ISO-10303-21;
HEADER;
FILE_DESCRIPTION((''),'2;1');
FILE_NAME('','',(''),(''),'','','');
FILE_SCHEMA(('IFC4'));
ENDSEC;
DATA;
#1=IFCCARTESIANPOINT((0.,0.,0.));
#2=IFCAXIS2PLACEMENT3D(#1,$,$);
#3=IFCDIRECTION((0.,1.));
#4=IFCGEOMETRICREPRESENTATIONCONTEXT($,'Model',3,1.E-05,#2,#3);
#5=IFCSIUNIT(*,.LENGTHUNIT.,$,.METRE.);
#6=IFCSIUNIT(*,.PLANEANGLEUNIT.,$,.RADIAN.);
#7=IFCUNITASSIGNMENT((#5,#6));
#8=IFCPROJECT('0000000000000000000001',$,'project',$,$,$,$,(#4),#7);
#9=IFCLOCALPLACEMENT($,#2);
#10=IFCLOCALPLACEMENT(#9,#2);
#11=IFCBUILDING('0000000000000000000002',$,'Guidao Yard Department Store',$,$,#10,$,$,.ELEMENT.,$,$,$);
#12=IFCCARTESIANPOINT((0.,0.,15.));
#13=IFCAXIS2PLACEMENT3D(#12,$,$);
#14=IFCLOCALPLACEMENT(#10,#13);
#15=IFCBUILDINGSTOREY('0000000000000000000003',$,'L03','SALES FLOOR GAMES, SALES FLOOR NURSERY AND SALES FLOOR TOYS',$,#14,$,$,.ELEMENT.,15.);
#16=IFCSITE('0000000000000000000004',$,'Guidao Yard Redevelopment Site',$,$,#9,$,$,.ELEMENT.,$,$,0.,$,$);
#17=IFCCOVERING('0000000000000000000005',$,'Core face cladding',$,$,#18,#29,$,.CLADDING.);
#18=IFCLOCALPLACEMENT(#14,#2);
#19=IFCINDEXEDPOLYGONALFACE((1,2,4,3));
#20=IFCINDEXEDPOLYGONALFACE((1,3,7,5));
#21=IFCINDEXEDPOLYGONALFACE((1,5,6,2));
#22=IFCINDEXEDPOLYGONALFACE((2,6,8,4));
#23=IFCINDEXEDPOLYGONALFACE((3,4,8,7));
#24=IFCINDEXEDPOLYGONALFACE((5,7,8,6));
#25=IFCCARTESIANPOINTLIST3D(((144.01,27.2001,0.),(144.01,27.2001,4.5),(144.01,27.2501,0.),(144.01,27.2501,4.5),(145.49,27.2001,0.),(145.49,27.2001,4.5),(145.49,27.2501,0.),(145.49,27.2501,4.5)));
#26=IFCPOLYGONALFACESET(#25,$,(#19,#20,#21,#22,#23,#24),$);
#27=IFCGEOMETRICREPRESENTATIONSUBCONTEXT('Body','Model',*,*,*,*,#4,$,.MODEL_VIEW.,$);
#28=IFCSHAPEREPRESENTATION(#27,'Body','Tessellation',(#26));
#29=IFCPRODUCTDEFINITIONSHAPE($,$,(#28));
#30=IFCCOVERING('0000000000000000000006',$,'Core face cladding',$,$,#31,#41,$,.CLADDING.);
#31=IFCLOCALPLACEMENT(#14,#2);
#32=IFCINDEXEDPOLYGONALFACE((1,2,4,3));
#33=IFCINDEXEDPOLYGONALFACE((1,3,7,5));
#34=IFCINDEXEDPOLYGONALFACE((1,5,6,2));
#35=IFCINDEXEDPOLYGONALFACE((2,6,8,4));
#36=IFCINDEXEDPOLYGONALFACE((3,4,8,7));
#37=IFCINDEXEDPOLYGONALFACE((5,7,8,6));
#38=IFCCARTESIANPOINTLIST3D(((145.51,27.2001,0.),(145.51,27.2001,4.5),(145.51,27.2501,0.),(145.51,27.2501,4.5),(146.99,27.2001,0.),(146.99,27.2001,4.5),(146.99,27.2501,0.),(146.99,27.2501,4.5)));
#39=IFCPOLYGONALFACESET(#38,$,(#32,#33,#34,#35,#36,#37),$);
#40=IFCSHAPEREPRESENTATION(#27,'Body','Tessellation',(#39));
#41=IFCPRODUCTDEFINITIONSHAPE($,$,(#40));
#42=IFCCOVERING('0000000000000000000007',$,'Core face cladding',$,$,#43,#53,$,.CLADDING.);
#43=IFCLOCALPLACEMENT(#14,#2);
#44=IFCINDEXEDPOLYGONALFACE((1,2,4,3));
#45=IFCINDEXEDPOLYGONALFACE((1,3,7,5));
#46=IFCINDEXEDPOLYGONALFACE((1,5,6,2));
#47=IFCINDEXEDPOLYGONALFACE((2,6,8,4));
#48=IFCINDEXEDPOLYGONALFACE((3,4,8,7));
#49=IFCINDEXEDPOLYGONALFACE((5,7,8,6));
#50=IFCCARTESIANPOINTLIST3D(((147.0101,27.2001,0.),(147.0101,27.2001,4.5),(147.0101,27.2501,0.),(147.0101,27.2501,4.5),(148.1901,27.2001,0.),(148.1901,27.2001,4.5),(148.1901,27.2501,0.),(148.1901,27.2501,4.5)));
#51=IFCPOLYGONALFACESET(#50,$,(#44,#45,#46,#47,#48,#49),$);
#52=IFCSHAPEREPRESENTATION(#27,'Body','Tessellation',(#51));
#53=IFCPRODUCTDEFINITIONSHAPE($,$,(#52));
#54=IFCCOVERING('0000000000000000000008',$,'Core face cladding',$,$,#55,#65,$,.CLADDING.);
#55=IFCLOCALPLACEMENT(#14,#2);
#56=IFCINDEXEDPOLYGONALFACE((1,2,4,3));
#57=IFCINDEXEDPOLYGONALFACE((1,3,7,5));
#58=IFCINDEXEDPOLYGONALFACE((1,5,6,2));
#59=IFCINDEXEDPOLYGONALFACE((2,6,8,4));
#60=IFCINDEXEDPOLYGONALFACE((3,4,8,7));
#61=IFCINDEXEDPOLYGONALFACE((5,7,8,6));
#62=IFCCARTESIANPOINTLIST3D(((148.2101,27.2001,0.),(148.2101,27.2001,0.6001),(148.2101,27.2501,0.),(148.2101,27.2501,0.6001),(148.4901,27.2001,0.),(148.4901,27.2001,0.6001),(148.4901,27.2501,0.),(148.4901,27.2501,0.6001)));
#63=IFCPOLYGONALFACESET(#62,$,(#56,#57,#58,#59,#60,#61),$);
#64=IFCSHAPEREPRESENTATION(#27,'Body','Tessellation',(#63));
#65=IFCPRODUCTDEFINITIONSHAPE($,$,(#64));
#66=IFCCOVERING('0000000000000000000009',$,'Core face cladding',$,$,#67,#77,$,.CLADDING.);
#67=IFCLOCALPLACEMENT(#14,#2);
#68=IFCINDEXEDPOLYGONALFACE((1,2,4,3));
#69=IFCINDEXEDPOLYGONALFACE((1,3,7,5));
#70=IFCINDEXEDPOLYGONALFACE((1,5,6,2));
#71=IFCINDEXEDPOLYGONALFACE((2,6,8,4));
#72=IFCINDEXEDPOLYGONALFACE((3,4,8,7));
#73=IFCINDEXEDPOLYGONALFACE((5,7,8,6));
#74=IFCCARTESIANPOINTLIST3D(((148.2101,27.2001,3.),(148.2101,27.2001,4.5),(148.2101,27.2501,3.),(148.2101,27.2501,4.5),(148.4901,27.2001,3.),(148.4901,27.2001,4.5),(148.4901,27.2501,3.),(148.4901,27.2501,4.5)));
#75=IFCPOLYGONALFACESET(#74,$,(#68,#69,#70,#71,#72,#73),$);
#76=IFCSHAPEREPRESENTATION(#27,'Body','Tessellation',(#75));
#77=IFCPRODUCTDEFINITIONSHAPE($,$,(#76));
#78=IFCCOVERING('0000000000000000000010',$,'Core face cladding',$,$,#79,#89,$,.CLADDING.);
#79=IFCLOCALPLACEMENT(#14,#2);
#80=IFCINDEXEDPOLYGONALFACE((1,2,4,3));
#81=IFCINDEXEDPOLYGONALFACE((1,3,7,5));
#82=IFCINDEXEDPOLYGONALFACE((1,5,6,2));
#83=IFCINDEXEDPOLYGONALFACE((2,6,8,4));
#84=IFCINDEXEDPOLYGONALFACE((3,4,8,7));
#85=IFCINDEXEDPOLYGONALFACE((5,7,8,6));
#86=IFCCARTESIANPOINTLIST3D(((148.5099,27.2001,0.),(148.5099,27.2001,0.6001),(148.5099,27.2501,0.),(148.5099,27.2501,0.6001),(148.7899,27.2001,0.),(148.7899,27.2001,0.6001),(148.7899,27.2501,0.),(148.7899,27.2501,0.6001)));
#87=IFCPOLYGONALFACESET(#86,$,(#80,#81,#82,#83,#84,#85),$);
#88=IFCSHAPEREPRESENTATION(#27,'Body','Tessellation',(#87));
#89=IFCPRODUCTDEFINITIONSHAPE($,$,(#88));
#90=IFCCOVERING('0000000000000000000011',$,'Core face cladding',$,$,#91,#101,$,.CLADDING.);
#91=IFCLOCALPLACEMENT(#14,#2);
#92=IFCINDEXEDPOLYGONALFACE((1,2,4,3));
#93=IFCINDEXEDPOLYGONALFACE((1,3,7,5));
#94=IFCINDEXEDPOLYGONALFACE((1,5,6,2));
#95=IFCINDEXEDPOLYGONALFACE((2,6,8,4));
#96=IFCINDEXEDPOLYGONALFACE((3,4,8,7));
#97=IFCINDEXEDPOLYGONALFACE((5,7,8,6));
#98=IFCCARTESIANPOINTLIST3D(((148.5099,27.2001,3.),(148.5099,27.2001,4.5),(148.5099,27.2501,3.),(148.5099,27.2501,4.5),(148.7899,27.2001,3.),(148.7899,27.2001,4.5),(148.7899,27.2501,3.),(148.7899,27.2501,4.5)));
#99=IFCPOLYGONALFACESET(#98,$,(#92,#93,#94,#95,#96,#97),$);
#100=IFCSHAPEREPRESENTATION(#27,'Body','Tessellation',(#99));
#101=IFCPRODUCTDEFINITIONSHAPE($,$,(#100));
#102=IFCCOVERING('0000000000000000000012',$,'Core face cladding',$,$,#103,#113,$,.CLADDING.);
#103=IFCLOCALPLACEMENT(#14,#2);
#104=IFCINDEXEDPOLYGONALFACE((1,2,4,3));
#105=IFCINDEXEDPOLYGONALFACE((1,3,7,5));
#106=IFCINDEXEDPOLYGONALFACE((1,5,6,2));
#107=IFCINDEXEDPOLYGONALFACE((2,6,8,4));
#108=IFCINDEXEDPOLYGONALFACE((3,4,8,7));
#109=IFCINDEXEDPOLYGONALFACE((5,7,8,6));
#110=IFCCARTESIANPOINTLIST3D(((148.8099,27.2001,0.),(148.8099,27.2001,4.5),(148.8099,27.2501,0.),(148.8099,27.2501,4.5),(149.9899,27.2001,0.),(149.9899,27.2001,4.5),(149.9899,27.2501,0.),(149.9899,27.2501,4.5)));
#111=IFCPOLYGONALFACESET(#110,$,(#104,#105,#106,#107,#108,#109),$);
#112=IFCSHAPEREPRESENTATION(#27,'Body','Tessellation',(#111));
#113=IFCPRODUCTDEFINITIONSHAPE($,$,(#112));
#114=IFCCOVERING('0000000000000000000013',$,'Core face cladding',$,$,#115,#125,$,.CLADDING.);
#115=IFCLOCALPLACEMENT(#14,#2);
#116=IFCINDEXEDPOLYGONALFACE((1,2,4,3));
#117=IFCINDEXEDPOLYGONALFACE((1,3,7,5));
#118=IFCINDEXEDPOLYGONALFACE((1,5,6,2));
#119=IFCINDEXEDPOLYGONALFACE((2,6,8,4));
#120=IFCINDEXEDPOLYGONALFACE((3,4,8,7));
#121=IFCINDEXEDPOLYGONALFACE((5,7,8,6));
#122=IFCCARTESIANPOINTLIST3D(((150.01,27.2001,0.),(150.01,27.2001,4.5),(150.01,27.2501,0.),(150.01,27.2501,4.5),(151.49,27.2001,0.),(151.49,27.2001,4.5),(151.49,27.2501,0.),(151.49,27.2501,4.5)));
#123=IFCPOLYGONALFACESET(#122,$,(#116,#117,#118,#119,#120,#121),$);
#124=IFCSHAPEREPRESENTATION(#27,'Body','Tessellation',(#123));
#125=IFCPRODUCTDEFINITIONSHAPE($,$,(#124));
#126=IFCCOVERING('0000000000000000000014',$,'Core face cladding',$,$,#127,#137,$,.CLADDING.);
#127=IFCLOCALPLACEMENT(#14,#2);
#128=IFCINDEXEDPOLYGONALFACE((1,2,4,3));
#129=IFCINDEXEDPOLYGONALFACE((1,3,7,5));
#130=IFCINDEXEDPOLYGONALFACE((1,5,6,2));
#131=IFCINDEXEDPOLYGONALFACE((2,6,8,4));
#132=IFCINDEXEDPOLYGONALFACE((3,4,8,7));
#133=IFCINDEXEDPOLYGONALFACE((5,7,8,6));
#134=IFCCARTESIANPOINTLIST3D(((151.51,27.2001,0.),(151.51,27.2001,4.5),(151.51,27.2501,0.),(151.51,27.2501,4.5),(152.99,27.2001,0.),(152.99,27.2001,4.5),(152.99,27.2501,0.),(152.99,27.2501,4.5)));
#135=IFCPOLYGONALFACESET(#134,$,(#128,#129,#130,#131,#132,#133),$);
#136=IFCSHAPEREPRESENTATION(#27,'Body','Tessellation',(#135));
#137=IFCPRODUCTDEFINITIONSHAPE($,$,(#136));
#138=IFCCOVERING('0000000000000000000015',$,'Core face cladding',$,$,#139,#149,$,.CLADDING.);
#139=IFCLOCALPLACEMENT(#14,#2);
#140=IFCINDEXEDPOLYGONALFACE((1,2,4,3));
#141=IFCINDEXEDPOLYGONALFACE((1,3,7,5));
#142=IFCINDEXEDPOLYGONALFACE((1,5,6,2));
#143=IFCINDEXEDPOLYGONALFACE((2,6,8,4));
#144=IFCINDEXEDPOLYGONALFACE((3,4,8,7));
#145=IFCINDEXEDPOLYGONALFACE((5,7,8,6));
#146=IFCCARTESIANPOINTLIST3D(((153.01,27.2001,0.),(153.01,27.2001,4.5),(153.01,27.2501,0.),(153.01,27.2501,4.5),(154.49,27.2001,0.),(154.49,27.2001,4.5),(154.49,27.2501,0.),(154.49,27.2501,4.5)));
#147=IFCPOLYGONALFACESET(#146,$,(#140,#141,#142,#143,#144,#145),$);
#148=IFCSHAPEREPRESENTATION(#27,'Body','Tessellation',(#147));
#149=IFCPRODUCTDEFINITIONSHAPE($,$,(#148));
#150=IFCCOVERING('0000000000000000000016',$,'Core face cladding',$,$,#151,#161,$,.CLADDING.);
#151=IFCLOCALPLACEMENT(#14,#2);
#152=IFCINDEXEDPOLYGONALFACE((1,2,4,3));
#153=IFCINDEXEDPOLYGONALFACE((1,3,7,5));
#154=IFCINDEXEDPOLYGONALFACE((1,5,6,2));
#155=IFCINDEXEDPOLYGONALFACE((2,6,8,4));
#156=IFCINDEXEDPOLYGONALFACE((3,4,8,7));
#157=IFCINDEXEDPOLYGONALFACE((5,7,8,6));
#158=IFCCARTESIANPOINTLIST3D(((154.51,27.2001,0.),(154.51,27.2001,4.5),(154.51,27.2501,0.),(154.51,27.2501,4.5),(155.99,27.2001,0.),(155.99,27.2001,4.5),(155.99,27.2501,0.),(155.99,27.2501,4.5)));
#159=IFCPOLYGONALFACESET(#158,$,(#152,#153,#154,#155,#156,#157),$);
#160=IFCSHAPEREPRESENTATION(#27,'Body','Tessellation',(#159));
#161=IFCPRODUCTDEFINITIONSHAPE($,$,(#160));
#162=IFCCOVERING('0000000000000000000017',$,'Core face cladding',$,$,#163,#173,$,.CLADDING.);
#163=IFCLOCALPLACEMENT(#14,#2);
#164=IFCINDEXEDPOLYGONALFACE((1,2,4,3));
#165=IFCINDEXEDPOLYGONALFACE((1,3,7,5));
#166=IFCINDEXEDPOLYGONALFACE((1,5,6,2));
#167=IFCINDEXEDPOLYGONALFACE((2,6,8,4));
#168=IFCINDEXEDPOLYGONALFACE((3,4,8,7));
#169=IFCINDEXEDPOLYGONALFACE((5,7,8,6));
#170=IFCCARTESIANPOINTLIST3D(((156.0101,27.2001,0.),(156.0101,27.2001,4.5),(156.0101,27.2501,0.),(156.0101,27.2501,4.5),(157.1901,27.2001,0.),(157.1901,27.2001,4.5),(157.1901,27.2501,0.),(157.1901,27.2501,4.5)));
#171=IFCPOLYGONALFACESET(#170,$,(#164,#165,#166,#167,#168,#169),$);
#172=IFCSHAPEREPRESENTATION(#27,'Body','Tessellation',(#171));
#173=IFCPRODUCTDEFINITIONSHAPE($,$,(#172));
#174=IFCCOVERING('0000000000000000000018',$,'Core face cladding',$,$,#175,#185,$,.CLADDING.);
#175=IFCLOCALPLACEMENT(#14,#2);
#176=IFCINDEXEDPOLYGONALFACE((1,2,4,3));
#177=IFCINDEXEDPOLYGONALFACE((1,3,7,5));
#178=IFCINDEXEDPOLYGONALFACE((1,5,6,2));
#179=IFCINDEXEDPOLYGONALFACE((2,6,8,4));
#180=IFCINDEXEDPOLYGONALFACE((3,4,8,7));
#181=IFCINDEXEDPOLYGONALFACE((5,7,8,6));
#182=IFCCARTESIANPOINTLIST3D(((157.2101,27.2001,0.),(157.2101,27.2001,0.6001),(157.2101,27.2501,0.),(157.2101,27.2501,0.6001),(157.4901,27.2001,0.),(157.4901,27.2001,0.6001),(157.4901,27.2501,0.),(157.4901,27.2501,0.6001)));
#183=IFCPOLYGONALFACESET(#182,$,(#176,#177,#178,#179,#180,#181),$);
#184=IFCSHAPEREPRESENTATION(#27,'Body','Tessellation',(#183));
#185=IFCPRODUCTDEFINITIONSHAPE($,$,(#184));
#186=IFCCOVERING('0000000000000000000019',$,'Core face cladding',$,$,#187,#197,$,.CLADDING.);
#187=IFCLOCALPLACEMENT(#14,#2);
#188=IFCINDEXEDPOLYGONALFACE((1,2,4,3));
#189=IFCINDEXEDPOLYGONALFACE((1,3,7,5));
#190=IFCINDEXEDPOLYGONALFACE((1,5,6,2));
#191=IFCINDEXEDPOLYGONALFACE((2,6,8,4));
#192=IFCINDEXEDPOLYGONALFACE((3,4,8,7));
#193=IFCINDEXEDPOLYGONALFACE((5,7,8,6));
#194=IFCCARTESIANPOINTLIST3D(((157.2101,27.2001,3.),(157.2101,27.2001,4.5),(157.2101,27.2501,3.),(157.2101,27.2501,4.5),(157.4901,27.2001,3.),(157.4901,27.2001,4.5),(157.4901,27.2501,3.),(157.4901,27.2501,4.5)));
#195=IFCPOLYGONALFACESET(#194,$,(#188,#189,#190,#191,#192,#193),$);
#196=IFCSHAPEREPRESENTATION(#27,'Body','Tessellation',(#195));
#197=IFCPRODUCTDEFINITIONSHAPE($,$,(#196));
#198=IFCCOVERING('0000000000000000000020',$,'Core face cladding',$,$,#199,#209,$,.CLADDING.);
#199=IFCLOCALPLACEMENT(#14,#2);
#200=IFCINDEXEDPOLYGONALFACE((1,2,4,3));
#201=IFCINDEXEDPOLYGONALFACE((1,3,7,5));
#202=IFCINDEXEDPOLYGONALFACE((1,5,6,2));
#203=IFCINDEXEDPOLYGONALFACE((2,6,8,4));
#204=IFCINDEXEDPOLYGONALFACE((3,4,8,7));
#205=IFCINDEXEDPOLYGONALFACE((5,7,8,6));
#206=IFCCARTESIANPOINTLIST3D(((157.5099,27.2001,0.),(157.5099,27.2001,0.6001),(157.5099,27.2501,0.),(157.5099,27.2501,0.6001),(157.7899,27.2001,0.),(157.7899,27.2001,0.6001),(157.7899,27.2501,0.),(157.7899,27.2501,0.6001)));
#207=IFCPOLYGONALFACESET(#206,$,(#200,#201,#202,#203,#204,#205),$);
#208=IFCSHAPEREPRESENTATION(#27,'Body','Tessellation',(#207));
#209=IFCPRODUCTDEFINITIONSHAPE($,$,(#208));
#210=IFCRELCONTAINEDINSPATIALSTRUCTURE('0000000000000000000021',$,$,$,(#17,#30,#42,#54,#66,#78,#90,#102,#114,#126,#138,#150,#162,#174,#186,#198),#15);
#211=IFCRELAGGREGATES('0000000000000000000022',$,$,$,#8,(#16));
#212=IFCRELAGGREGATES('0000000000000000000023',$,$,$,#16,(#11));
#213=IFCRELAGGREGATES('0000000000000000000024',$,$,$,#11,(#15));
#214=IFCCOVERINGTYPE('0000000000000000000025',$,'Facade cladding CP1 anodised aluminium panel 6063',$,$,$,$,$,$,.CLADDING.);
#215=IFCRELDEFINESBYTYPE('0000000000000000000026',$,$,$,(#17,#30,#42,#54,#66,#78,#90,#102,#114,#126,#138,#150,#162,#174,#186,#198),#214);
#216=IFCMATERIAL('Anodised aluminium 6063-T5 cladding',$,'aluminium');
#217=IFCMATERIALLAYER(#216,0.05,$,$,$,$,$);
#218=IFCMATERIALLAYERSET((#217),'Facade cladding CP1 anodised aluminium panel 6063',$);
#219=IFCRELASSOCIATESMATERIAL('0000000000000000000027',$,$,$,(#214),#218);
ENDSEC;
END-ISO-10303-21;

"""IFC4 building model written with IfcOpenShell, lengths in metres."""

from ifc_helpers import new_model, si_unit, direction, frame, origin, origin_2d, place, context, subcontext, project, spatial, rectangle, extrude, material, layer, layer_set, type_object, element, save


model = new_model("IFC4")

# Units and contexts
model_context = context("Model", 3, precision=1e-05, world=origin(), true_north=direction((0.0, 1.0)))
body_context = subcontext(model_context, "Body", "Model", "MODEL_VIEW")
ifc_project = project(units=[si_unit("LENGTHUNIT", "METRE"), si_unit("PLANEANGLEUNIT", "RADIAN")], contexts=[model_context])

# Site, building, storey
site_placement = place(None, origin())
site = spatial("IfcSite", under=ifc_project, at=site_placement, Name="Guidao Yard Redevelopment Site", CompositionType="ELEMENT", RefElevation=0.0)
building_placement = place(site_placement, origin())
building = spatial("IfcBuilding", under=site, at=building_placement, Name="Guidao Yard Department Store", CompositionType="ELEMENT")
storey_placement = place(building_placement, frame((0.0, 0.0, 15.0)))
storey = spatial("IfcBuildingStorey", under=building, at=storey_placement, Name="L03", Description="SALES FLOOR GAMES, SALES FLOOR NURSERY AND SALES FLOOR TOYS", CompositionType="ELEMENT", Elevation=15.0)

# Coverings
ifc_material_1 = material(Name="Anodised aluminium 6063-T5 cladding", Category="aluminium")
ifc_layer_1 = layer(ifc_material_1, 0.05)
ifc_layer_set_1 = layer_set([ifc_layer_1], Name="Facade cladding CP1 anodised aluminium panel 6063")
covering_type = type_object("IfcCoveringType", Name="Facade cladding CP1 anodised aluminium panel 6063", PredefinedType="CLADDING", material=ifc_layer_set_1)
for number, where, z_axis, x_axis, name in (
    (1, (144.75, 27.2251, 0.0), (0.0, 0.0, 1.0), (1.0, 0.0, 0.0), "Core face cladding"),
    (2, (146.25, 27.2251, 0.0), (0.0, 0.0, 1.0), (1.0, 0.0, 0.0), "Core face cladding"),
):
    element("IfcCovering", number, at=place(storey_placement, frame(where, z_axis=z_axis, x_axis=x_axis)), inside=storey, type_object=covering_type, Name=name, PredefinedType="CLADDING", context=body_context, shape_type="SweptSolid", body=[
        extrude(rectangle(XDim=1.48, YDim=0.05, at=origin_2d()), origin(), (0.0, 0.0, 1.0), 4.5),
    ])
covering_1_placement = place(storey_placement, frame((147.6001, 27.2251, 0.0), z_axis=(0.0, 0.0, 1.0), x_axis=(1.0, 0.0, 0.0)))
element("IfcCovering", 3, at=covering_1_placement, inside=storey, type_object=covering_type, Name="Core face cladding", PredefinedType="CLADDING", context=body_context, shape_type="SweptSolid", body=[
    extrude(rectangle(XDim=1.1799, YDim=0.05, at=origin_2d()), origin(), (0.0, 0.0, 1.0), 4.5),
])
covering_2_placement = place(storey_placement, frame((148.3501, 27.2251, 0.0), z_axis=(0.0, 0.0, 1.0), x_axis=(1.0, 0.0, 0.0)))
element("IfcCovering", 4, at=covering_2_placement, inside=storey, type_object=covering_type, Name="Core face cladding", PredefinedType="CLADDING", context=body_context, shape_type="SweptSolid", body=[
    extrude(rectangle(XDim=0.28, YDim=0.05, at=origin_2d()), origin(), (0.0, 0.0, 1.0), 0.6001),
])
covering_3_placement = place(storey_placement, frame((148.3501, 27.2251, 3.0), z_axis=(0.0, 0.0, 1.0), x_axis=(1.0, 0.0, 0.0)))
element("IfcCovering", 5, at=covering_3_placement, inside=storey, type_object=covering_type, Name="Core face cladding", PredefinedType="CLADDING", context=body_context, shape_type="SweptSolid", body=[
    extrude(rectangle(XDim=0.28, YDim=0.05, at=origin_2d()), origin(), (0.0, 0.0, 1.0), 1.5),
])
covering_4_placement = place(storey_placement, frame((148.6499, 27.2251, 0.0), z_axis=(0.0, 0.0, 1.0), x_axis=(1.0, 0.0, 0.0)))
element("IfcCovering", 6, at=covering_4_placement, inside=storey, type_object=covering_type, Name="Core face cladding", PredefinedType="CLADDING", context=body_context, shape_type="SweptSolid", body=[
    extrude(rectangle(XDim=0.28, YDim=0.05, at=origin_2d()), origin(), (0.0, 0.0, 1.0), 0.6001),
])
covering_5_placement = place(storey_placement, frame((148.6499, 27.2251, 3.0), z_axis=(0.0, 0.0, 1.0), x_axis=(1.0, 0.0, 0.0)))
element("IfcCovering", 7, at=covering_5_placement, inside=storey, type_object=covering_type, Name="Core face cladding", PredefinedType="CLADDING", context=body_context, shape_type="SweptSolid", body=[
    extrude(rectangle(XDim=0.28, YDim=0.05, at=origin_2d()), origin(), (0.0, 0.0, 1.0), 1.5),
])
covering_6_placement = place(storey_placement, frame((149.3999, 27.2251, 0.0), z_axis=(0.0, 0.0, 1.0), x_axis=(1.0, 0.0, 0.0)))
element("IfcCovering", 8, at=covering_6_placement, inside=storey, type_object=covering_type, Name="Core face cladding", PredefinedType="CLADDING", context=body_context, shape_type="SweptSolid", body=[
    extrude(rectangle(XDim=1.1799, YDim=0.05, at=origin_2d()), origin(), (0.0, 0.0, 1.0), 4.5),
])
for number, where, z_axis, x_axis, name in (
    (9, (150.75, 27.2251, 0.0), (0.0, 0.0, 1.0), (1.0, 0.0, 0.0), "Core face cladding"),
    (10, (152.25, 27.2251, 0.0), (0.0, 0.0, 1.0), (1.0, 0.0, 0.0), "Core face cladding"),
    (11, (153.75, 27.2251, 0.0), (0.0, 0.0, 1.0), (1.0, 0.0, 0.0), "Core face cladding"),
    (12, (155.25, 27.2251, 0.0), (0.0, 0.0, 1.0), (1.0, 0.0, 0.0), "Core face cladding"),
):
    element("IfcCovering", number, at=place(storey_placement, frame(where, z_axis=z_axis, x_axis=x_axis)), inside=storey, type_object=covering_type, Name=name, PredefinedType="CLADDING", context=body_context, shape_type="SweptSolid", body=[
        extrude(rectangle(XDim=1.48, YDim=0.05, at=origin_2d()), origin(), (0.0, 0.0, 1.0), 4.5),
    ])
covering_7_placement = place(storey_placement, frame((156.6001, 27.2251, 0.0), z_axis=(0.0, 0.0, 1.0), x_axis=(1.0, 0.0, 0.0)))
element("IfcCovering", 13, at=covering_7_placement, inside=storey, type_object=covering_type, Name="Core face cladding", PredefinedType="CLADDING", context=body_context, shape_type="SweptSolid", body=[
    extrude(rectangle(XDim=1.1799, YDim=0.05, at=origin_2d()), origin(), (0.0, 0.0, 1.0), 4.5),
])
covering_8_placement = place(storey_placement, frame((157.3501, 27.2251, 0.0), z_axis=(0.0, 0.0, 1.0), x_axis=(1.0, 0.0, 0.0)))
element("IfcCovering", 14, at=covering_8_placement, inside=storey, type_object=covering_type, Name="Core face cladding", PredefinedType="CLADDING", context=body_context, shape_type="SweptSolid", body=[
    extrude(rectangle(XDim=0.28, YDim=0.05, at=origin_2d()), origin(), (0.0, 0.0, 1.0), 0.6001),
])
covering_9_placement = place(storey_placement, frame((157.3501, 27.2251, 3.0), z_axis=(0.0, 0.0, 1.0), x_axis=(1.0, 0.0, 0.0)))
element("IfcCovering", 15, at=covering_9_placement, inside=storey, type_object=covering_type, Name="Core face cladding", PredefinedType="CLADDING", context=body_context, shape_type="SweptSolid", body=[
    extrude(rectangle(XDim=0.28, YDim=0.05, at=origin_2d()), origin(), (0.0, 0.0, 1.0), 1.5),
])
covering_10_placement = place(storey_placement, frame((157.6499, 27.2251, 0.0), z_axis=(0.0, 0.0, 1.0), x_axis=(1.0, 0.0, 0.0)))
element("IfcCovering", 16, at=covering_10_placement, inside=storey, type_object=covering_type, Name="Core face cladding", PredefinedType="CLADDING", context=body_context, shape_type="SweptSolid", body=[
    extrude(rectangle(XDim=0.28, YDim=0.05, at=origin_2d()), origin(), (0.0, 0.0, 1.0), 0.6001),
])

save(model, "model.ifc")
